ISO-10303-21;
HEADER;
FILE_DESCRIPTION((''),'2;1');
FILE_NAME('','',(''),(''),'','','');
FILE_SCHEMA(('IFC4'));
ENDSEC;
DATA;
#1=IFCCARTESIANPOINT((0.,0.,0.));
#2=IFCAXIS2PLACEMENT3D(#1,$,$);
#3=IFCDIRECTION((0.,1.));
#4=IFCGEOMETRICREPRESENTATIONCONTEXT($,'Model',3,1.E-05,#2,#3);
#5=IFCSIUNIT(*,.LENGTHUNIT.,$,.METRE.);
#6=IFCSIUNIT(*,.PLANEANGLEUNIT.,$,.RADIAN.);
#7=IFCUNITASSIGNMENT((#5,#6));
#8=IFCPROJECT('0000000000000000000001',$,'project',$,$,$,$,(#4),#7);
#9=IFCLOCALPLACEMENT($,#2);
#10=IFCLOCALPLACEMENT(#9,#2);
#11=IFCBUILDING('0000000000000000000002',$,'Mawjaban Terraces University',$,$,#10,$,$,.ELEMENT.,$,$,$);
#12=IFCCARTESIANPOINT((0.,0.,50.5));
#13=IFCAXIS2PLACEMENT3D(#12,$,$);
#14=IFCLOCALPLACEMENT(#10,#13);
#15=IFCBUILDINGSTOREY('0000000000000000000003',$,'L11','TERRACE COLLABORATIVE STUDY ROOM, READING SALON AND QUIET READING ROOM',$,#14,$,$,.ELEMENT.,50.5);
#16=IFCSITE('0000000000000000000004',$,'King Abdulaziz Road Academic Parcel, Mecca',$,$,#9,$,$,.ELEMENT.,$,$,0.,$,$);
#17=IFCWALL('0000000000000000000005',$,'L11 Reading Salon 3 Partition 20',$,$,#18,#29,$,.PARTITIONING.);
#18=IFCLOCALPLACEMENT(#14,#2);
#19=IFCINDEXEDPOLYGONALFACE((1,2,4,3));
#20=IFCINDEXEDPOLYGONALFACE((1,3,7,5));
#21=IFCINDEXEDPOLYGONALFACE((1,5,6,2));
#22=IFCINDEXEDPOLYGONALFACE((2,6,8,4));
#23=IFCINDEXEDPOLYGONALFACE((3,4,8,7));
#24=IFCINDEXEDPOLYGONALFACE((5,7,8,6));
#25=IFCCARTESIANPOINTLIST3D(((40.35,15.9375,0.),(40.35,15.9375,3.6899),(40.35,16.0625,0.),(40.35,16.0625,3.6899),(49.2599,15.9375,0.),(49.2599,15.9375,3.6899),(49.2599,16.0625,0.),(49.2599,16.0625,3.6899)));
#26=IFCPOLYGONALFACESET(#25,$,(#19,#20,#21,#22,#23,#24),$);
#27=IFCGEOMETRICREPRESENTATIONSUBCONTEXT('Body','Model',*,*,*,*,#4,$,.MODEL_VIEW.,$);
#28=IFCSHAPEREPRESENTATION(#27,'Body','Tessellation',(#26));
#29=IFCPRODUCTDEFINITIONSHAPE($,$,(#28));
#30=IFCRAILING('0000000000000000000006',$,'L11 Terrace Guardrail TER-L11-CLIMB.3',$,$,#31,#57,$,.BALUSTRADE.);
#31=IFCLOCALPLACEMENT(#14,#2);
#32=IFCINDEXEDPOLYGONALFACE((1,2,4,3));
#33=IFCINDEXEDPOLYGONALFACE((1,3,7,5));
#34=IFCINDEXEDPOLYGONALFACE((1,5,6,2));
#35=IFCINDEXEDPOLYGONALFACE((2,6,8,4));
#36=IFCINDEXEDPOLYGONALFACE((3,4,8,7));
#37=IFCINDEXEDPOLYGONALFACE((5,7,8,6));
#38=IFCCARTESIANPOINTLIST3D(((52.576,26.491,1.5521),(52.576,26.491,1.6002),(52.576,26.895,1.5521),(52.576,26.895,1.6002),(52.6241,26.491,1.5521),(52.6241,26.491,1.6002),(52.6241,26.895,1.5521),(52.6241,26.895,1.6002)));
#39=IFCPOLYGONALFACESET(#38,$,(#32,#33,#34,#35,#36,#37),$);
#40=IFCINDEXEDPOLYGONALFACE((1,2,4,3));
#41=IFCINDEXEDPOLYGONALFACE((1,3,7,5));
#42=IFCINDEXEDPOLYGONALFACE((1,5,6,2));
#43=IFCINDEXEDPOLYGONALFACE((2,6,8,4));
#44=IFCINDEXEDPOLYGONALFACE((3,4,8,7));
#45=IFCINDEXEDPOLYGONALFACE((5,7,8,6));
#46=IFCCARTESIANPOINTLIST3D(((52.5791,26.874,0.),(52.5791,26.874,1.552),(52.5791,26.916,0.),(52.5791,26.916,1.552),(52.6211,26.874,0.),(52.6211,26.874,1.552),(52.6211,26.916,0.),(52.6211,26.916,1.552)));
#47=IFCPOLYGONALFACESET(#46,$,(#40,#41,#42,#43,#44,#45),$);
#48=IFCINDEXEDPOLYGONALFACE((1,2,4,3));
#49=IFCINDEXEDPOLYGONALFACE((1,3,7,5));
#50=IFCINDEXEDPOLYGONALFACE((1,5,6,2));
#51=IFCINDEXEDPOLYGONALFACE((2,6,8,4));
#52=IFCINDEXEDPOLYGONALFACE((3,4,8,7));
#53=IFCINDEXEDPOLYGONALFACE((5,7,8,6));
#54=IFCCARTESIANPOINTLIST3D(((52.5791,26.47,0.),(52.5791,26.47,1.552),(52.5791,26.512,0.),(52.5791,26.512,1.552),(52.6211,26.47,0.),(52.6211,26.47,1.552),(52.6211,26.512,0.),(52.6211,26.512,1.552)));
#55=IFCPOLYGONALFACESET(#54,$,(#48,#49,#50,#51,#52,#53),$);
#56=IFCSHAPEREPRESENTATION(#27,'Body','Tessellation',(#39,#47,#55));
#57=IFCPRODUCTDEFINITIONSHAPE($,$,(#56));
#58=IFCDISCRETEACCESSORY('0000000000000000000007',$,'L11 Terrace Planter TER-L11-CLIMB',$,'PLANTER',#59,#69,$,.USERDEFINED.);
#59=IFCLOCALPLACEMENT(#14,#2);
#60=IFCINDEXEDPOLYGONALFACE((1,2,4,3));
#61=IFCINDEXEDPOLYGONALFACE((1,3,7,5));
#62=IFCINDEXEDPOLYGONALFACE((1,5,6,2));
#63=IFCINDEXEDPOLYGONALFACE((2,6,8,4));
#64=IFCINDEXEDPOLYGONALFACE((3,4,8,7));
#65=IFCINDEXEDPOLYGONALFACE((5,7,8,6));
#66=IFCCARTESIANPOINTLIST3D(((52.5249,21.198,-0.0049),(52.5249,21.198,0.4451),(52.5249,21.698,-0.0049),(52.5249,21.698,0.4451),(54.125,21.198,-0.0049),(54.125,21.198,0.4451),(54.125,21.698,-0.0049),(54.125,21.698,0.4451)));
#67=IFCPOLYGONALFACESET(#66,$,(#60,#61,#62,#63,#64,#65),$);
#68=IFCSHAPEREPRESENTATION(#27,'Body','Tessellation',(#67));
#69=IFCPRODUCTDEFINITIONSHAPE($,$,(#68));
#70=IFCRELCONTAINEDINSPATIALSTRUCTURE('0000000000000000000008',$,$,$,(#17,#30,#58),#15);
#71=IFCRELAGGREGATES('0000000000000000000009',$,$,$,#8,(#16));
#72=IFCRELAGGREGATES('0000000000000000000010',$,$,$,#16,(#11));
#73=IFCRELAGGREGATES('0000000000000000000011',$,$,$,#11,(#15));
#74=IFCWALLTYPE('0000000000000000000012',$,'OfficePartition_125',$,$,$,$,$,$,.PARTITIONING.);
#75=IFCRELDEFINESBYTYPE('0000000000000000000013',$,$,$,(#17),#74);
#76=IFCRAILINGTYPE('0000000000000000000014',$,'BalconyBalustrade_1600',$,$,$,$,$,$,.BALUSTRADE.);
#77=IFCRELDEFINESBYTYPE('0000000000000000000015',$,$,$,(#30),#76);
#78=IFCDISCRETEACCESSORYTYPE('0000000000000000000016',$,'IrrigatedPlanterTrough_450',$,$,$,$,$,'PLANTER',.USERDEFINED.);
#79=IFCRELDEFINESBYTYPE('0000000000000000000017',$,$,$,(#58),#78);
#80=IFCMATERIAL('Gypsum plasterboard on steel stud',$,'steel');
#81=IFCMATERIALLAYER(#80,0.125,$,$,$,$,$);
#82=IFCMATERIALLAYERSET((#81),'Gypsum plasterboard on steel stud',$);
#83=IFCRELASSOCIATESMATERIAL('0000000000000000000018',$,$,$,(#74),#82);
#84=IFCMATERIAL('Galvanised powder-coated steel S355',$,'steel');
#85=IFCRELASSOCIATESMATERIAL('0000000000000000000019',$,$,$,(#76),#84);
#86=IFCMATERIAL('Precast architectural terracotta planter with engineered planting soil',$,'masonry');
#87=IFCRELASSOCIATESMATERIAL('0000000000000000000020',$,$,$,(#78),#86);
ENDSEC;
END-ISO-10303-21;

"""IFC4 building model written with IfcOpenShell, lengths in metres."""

from ifc_helpers import new_model, si_unit, direction, frame, frame_2d, origin, origin_2d, place, context, subcontext, project, spatial, rectangle, extrude, material, layer, layer_set, type_object, element, save


model = new_model("IFC4")

# Units and contexts
model_context = context("Model", 3, precision=1e-05, world=origin(), true_north=direction((0.0, 1.0)))
body_context = subcontext(model_context, "Body", "Model", "MODEL_VIEW")
ifc_project = project(units=[si_unit("LENGTHUNIT", "METRE"), si_unit("PLANEANGLEUNIT", "RADIAN")], contexts=[model_context])

# Site, building, storey
site_placement = place(None, origin())
site = spatial("IfcSite", under=ifc_project, at=site_placement, Name="King Abdulaziz Road Academic Parcel, Mecca", CompositionType="ELEMENT", RefElevation=0.0)
building_placement = place(site_placement, origin())
building = spatial("IfcBuilding", under=site, at=building_placement, Name="Mawjaban Terraces University", CompositionType="ELEMENT")
storey_placement = place(building_placement, frame((0.0, 0.0, 50.5)))
storey = spatial("IfcBuildingStorey", under=building, at=storey_placement, Name="L11", Description="TERRACE COLLABORATIVE STUDY ROOM, READING SALON AND QUIET READING ROOM", CompositionType="ELEMENT", Elevation=50.5)

# Wall
ifc_material_1 = material(Name="Gypsum plasterboard on steel stud", Category="steel")
ifc_layer_1 = layer(ifc_material_1, 0.125)
ifc_layer_set_1 = layer_set([ifc_layer_1], Name="Gypsum plasterboard on steel stud")
wall_type_1 = type_object("IfcWallType", Name="OfficePartition_125", PredefinedType="PARTITIONING", material=ifc_layer_set_1)
wall_1_placement = place(storey_placement, frame((49.26, 16.0, 0.0), z_axis=(0.0, 0.0, 1.0), x_axis=(-1.0, 0.0, 0.0)))
element("IfcWall", 1, at=wall_1_placement, inside=storey, type_object=wall_type_1, Name="L11 Reading Salon 3 Partition 20", PredefinedType="PARTITIONING", context=body_context, shape_type="SweptSolid", body=[
    extrude(rectangle(XDim=8.9099, YDim=0.125, at=frame_2d((4.4551, 0.0))), origin(), (0.0, 0.0, 1.0), 3.6899),
])

# Railing
ifc_material_2 = material(Name="Galvanised powder-coated steel S355", Category="steel")
railing_type = type_object("IfcRailingType", Name="BalconyBalustrade_1600", PredefinedType="BALUSTRADE", material=ifc_material_2)
railing_placement = place(storey_placement, frame((52.6001, 26.895, 0.0)))
element("IfcRailing", 2, at=railing_placement, inside=storey, type_object=railing_type, Name="L11 Terrace Guardrail TER-L11-CLIMB.3", PredefinedType="BALUSTRADE", context=body_context, shape_type="SweptSolid", body=[
    extrude(rectangle(XDim=0.0481, YDim=0.0481, at=origin_2d()), frame((0.0, 0.0, 1.5762), z_axis=(0.0, -1.0, 0.0), x_axis=(1.0, 0.0, 0.0)), (0.0, 0.0, 1.0), 0.4041),
    extrude(rectangle(XDim=0.042, YDim=0.042, at=origin_2d()), origin(), (0.0, 0.0, 1.0), 1.552),
    extrude(rectangle(XDim=0.042, YDim=0.042, at=origin_2d()), frame((0.0, -0.4041, 0.0)), (0.0, 0.0, 1.0), 1.552),
])

# Discrete accessory
ifc_material_3 = material(Name="Precast architectural terracotta planter with engineered planting soil", Category="masonry")
discrete_accessory_type = type_object("IfcDiscreteAccessoryType", Name="IrrigatedPlanterTrough_450", ElementType="PLANTER", PredefinedType="USERDEFINED", material=ifc_material_3)
discrete_accessory_placement = place(storey_placement, frame((53.325, 21.448, -0.0049), z_axis=(0.0, 0.0, 1.0), x_axis=(1.0, 0.0, 0.0)))
element("IfcDiscreteAccessory", 3, at=discrete_accessory_placement, inside=storey, type_object=discrete_accessory_type, Name="L11 Terrace Planter TER-L11-CLIMB", ObjectType="PLANTER", PredefinedType="USERDEFINED", context=body_context, shape_type="SweptSolid", body=[
    extrude(rectangle(XDim=1.6001, YDim=0.5, at=origin_2d()), origin(), (0.0, 0.0, 1.0), 0.45),
])

save(model, "model.ifc")
